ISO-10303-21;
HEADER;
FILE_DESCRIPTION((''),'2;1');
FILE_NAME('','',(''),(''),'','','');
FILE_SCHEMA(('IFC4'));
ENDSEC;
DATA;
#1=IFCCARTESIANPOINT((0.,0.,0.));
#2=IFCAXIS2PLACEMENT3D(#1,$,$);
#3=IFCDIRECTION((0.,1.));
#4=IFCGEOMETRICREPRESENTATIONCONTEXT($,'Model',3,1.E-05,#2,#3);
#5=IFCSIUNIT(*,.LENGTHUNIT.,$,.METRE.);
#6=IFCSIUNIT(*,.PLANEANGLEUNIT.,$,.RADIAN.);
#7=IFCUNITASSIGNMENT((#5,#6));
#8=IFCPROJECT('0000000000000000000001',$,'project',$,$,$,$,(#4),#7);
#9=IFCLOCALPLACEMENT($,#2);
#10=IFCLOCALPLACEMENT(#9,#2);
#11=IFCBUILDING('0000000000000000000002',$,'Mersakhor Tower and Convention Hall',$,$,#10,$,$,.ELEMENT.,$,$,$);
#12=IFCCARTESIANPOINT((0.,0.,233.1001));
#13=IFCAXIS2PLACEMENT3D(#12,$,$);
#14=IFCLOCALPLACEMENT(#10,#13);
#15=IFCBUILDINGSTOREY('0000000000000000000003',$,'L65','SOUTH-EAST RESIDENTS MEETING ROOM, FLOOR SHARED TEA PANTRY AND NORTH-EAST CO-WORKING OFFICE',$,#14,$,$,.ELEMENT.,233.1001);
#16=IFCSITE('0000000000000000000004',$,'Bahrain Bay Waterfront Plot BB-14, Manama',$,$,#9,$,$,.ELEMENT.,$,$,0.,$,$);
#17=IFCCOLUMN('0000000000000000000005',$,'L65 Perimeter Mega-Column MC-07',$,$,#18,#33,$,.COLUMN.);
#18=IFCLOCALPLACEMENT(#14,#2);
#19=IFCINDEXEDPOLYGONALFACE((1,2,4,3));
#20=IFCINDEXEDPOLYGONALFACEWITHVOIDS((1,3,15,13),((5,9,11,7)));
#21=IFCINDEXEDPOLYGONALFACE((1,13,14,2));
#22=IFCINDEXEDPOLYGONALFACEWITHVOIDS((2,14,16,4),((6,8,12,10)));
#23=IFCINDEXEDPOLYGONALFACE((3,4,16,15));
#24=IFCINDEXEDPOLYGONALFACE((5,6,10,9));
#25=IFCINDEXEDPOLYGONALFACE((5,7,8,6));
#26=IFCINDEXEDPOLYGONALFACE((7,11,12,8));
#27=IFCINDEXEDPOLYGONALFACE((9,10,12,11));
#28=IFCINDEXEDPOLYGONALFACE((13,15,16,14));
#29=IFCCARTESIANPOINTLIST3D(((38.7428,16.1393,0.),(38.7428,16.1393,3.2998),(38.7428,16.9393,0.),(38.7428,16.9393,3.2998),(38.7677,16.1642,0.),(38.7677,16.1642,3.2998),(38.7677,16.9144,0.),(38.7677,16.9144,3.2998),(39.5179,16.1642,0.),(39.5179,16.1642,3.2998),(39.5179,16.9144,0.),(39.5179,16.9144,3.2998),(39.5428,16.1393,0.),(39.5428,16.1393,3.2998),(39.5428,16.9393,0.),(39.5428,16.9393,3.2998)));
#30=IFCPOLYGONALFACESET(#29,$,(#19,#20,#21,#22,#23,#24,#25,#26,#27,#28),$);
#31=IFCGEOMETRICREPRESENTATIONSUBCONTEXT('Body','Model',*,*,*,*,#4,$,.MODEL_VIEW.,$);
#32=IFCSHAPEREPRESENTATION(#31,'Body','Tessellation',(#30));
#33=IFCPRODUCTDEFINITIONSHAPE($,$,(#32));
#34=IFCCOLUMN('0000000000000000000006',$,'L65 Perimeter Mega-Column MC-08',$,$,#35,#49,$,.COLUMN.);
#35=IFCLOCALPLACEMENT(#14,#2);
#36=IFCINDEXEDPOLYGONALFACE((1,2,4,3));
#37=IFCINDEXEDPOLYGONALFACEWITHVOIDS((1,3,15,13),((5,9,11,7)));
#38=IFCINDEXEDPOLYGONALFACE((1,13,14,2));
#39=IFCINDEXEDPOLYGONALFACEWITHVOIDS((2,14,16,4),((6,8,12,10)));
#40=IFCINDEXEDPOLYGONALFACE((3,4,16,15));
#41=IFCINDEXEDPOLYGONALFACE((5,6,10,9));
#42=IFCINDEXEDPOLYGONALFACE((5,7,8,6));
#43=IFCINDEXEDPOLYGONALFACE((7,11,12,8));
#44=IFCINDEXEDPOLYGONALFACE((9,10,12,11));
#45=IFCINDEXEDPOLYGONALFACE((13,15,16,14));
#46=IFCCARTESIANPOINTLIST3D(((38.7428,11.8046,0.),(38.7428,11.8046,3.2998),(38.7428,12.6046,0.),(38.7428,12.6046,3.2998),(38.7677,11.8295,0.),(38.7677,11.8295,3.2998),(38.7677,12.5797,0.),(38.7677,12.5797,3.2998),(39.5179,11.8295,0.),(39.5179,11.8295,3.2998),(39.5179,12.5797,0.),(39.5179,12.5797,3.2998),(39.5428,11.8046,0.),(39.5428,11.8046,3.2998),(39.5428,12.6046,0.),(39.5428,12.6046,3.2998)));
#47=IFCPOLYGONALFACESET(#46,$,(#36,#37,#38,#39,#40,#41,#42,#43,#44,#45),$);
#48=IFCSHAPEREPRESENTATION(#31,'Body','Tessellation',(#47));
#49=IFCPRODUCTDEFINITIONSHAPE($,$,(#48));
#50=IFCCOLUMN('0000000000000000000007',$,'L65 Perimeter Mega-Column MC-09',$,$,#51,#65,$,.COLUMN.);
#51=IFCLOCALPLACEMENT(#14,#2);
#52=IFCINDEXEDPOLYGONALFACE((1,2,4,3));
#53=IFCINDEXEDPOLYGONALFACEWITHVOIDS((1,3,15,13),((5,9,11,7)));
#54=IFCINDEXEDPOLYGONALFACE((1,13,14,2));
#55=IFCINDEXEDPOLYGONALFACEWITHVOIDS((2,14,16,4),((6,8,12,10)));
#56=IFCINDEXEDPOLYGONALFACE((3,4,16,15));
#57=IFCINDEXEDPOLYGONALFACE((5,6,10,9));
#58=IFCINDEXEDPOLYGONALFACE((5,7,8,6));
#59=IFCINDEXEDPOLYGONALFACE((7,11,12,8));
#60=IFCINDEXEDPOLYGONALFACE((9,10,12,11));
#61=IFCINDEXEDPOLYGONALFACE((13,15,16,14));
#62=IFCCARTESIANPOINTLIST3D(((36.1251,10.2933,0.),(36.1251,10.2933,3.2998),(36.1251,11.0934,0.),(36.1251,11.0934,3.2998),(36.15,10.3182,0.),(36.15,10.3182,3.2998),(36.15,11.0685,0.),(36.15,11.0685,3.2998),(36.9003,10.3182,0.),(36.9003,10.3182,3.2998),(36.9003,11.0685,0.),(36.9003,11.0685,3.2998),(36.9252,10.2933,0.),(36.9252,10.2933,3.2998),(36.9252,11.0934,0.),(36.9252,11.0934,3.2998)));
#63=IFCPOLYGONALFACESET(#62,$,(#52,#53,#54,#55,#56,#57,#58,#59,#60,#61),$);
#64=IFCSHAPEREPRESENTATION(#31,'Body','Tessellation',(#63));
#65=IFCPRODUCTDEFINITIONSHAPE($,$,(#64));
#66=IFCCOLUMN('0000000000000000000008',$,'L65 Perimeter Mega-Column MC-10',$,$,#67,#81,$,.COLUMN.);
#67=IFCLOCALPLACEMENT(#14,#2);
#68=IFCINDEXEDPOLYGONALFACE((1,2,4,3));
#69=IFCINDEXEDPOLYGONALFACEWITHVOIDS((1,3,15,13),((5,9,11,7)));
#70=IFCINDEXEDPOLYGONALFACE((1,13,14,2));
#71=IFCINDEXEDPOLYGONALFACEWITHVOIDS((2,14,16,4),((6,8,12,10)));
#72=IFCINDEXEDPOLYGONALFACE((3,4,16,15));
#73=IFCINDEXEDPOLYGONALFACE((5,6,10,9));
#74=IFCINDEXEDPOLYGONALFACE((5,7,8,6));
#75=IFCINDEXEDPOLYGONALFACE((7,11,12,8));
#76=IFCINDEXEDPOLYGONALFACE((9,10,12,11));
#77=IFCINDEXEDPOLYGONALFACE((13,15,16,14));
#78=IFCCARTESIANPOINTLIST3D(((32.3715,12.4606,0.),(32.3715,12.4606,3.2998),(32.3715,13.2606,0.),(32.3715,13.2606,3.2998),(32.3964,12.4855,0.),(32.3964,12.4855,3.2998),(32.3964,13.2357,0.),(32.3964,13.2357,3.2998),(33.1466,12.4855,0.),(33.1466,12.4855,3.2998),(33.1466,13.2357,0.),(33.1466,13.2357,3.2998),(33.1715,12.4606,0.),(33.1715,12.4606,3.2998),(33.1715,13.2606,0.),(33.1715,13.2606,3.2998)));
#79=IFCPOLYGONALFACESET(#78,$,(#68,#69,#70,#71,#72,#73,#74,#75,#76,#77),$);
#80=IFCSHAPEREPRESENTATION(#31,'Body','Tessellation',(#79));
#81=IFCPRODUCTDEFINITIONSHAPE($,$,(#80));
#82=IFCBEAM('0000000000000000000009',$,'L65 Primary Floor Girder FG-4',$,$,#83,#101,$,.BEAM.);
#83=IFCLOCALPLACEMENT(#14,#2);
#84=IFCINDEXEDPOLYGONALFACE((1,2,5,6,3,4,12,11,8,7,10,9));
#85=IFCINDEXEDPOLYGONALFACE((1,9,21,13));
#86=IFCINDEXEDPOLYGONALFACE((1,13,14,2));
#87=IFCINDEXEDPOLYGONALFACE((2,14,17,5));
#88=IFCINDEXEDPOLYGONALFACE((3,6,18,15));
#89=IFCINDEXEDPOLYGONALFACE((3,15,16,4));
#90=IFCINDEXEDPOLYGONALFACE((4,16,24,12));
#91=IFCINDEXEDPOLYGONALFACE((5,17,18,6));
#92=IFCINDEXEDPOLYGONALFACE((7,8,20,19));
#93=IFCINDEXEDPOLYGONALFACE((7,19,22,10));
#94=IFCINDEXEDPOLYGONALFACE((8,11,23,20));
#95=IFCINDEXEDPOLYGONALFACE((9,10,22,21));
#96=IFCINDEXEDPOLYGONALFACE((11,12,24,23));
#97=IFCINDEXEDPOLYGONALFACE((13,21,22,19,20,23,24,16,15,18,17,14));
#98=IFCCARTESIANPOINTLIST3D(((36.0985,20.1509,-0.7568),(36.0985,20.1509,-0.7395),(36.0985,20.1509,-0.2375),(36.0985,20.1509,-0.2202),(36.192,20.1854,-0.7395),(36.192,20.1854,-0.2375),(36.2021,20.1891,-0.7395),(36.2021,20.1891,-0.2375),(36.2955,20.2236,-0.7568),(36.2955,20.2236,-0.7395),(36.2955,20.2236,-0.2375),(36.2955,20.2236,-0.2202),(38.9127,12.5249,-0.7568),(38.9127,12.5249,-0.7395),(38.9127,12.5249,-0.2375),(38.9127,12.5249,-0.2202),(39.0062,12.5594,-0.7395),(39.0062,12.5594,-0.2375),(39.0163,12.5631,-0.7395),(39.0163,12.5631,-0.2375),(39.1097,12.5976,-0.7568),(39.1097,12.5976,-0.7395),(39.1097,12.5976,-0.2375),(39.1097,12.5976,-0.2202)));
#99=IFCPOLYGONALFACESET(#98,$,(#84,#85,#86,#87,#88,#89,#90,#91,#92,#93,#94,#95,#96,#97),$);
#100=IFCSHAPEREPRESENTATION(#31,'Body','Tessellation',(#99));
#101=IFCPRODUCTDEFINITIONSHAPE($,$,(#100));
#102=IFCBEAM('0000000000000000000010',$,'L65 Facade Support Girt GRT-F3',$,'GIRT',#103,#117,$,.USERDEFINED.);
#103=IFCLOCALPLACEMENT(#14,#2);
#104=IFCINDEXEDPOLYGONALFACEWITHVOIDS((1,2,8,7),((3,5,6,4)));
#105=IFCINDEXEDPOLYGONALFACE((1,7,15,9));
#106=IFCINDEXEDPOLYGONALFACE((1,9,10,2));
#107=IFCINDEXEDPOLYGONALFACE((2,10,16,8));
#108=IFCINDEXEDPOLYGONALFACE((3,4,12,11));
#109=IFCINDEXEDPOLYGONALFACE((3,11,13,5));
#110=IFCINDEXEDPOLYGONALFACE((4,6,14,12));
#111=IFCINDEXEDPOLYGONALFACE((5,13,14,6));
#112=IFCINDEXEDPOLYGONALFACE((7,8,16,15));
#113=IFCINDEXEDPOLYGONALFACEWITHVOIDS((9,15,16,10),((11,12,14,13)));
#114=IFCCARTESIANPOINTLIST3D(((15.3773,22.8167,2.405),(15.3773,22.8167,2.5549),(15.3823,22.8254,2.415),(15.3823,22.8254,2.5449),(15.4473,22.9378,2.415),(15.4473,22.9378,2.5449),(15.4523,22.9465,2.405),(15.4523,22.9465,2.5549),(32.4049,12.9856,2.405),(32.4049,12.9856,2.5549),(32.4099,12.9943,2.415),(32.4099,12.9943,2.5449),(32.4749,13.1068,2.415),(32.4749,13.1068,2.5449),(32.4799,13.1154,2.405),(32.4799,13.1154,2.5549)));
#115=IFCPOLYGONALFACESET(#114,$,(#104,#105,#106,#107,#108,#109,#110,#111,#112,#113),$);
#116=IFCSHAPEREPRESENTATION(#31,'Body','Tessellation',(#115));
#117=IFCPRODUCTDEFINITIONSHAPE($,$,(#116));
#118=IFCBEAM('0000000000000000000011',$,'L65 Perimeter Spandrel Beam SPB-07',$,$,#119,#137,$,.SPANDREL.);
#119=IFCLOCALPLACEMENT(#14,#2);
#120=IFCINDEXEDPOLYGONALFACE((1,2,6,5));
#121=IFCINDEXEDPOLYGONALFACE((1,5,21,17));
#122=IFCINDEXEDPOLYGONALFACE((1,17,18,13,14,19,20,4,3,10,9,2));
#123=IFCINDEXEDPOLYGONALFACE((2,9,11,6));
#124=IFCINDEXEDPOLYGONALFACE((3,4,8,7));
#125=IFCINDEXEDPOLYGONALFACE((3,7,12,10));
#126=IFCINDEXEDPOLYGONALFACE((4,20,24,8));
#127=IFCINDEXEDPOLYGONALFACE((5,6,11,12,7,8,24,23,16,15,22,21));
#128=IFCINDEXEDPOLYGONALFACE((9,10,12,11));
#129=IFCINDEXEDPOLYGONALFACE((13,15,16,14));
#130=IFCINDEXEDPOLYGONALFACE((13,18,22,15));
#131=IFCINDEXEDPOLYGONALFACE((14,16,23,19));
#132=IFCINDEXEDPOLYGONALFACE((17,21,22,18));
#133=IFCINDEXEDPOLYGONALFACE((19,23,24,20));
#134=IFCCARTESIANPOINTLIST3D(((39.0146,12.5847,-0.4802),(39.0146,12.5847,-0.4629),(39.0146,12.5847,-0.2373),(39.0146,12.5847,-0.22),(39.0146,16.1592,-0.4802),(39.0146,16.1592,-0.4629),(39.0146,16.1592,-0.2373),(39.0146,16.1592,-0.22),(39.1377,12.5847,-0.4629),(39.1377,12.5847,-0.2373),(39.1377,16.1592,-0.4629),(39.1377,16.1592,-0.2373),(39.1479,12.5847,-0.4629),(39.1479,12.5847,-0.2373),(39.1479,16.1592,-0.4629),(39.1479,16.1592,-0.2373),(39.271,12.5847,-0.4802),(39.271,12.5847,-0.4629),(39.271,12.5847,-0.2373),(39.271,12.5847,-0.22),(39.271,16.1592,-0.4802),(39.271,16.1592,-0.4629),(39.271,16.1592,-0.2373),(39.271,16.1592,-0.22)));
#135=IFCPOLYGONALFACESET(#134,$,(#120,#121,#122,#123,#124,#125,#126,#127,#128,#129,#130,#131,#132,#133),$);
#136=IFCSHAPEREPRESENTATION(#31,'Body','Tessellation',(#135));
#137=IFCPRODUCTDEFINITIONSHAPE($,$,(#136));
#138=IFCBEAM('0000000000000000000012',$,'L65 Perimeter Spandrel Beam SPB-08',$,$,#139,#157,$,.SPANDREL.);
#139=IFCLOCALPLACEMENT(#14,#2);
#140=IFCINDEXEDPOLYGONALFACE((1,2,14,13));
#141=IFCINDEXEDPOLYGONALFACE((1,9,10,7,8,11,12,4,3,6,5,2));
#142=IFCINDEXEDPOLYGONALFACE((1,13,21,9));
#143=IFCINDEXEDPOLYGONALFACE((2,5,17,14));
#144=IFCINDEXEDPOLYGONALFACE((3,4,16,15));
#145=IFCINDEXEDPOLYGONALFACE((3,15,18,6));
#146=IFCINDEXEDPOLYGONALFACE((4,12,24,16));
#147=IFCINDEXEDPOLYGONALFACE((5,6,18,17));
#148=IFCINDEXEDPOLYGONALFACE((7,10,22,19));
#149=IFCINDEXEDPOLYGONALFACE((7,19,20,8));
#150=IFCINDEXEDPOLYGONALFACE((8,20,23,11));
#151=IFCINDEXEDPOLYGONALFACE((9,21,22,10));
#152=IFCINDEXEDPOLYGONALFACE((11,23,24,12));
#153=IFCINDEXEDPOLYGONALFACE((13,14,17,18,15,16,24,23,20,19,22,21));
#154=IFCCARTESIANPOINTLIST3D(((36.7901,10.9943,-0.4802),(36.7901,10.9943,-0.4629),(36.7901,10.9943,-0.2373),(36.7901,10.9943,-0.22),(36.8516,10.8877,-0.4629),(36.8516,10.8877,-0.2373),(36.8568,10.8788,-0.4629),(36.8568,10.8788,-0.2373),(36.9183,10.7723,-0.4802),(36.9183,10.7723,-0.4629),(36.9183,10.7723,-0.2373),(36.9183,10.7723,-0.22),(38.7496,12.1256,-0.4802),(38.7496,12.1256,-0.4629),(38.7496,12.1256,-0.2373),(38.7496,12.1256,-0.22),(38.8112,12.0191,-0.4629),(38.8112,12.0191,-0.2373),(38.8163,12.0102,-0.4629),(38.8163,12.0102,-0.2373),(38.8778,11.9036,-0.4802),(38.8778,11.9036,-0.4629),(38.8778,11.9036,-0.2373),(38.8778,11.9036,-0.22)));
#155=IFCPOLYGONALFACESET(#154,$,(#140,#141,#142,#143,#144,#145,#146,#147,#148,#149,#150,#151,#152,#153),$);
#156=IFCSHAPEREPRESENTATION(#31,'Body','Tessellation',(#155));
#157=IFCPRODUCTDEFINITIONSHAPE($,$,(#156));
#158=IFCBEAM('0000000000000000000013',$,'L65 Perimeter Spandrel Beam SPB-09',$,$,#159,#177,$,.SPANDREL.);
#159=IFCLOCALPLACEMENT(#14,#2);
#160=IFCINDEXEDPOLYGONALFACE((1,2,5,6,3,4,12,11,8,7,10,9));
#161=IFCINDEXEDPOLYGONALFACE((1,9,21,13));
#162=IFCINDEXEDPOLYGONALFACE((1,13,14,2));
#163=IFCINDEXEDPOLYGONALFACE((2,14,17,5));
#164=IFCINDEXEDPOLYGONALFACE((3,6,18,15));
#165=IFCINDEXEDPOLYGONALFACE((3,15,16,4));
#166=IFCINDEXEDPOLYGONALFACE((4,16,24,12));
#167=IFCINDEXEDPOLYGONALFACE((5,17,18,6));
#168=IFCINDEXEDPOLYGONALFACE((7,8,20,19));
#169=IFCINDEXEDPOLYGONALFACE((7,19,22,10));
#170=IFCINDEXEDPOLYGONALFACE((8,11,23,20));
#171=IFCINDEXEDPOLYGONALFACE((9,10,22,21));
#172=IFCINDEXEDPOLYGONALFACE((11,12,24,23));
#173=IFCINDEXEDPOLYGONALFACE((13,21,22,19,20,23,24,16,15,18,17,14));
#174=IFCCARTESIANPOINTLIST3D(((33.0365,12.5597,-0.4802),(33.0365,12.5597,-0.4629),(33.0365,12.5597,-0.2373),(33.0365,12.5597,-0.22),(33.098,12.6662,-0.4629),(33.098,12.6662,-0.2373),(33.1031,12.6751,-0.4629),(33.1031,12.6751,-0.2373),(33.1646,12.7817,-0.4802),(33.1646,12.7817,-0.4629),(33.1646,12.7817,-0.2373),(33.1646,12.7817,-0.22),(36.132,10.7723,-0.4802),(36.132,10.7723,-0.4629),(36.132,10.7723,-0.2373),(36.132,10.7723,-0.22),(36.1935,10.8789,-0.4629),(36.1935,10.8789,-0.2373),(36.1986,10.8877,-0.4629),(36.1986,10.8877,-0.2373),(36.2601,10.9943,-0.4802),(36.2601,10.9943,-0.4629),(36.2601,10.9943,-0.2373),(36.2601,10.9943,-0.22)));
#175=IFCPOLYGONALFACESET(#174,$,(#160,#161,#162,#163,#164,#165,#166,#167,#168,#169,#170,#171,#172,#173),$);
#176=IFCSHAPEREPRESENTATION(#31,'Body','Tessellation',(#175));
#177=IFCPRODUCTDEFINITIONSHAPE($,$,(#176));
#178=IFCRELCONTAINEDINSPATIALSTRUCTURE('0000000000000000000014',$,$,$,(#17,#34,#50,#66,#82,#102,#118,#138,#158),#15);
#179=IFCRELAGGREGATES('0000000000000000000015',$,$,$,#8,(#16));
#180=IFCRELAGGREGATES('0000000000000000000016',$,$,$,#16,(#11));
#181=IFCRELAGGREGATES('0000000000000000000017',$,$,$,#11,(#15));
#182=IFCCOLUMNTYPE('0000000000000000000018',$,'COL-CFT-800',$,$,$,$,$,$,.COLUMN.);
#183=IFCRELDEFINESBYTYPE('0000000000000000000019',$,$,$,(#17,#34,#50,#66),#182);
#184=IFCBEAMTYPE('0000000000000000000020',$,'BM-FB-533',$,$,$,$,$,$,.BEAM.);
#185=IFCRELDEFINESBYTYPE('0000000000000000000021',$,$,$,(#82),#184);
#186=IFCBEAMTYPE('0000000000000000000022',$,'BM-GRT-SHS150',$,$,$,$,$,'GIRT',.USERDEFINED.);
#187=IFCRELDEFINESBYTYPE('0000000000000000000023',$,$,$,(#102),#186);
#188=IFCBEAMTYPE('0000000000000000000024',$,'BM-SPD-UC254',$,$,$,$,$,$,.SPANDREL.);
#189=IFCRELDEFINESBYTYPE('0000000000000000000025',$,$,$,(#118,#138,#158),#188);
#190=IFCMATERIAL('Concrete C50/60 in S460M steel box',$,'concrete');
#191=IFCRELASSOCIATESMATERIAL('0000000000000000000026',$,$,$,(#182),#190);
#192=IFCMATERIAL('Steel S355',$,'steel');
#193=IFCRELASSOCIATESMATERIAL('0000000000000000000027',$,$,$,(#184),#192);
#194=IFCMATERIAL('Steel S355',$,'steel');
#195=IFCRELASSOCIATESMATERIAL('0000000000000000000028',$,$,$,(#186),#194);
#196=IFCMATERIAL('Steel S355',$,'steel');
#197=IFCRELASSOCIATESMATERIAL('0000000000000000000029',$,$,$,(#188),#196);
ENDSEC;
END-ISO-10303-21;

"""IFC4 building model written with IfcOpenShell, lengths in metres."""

from ifc_helpers import new_model, si_unit, direction, frame, origin, origin_2d, place, context, subcontext, project, spatial, hollow_rectangle, i_section, extrude, material, material_profile, profile_set, type_object, element, save


model = new_model("IFC4")

# Units and contexts
model_context = context("Model", 3, precision=1e-05, world=origin(), true_north=direction((0.0, 1.0)))
body_context = subcontext(model_context, "Body", "Model", "MODEL_VIEW")
ifc_project = project(units=[si_unit("LENGTHUNIT", "METRE"), si_unit("PLANEANGLEUNIT", "RADIAN")], contexts=[model_context])

# Site, building, storey
site_placement = place(None, origin())
site = spatial("IfcSite", under=ifc_project, at=site_placement, Name="Bahrain Bay Waterfront Plot BB-14, Manama", CompositionType="ELEMENT", RefElevation=0.0)
building_placement = place(site_placement, origin())
building = spatial("IfcBuilding", under=site, at=building_placement, Name="Mersakhor Tower and Convention Hall", CompositionType="ELEMENT")
storey_placement = place(building_placement, frame((0.0, 0.0, 233.1001)))
storey = spatial("IfcBuildingStorey", under=building, at=storey_placement, Name="L65", Description="SOUTH-EAST RESIDENTS MEETING ROOM, FLOOR SHARED TEA PANTRY AND NORTH-EAST CO-WORKING OFFICE", CompositionType="ELEMENT", Elevation=233.1001)

# Columns
ifc_material_1 = material(Name="Concrete C50/60 in S460M steel box", Category="concrete")
ifc_material_profile_1 = material_profile(ifc_material_1, hollow_rectangle(XDim=0.8, YDim=0.8, WallThickness=0.0249, at=origin_2d()), Name="SHS 800x800x25")
ifc_profile_set_1 = profile_set([ifc_material_profile_1], Name="Concrete C50/60 in S460M steel box")
column_type = type_object("IfcColumnType", Name="COL-CFT-800", PredefinedType="COLUMN", material=ifc_profile_set_1)
for number, where, z_axis, x_axis, name in (
    (1, (39.1428, 16.5393, 0.0), (0.0, 0.0, 1.0), (1.0, 0.0, 0.0), "L65 Perimeter Mega-Column MC-07"),
    (2, (39.1428, 12.2046, 0.0), (0.0, 0.0, 1.0), (1.0, 0.0, 0.0), "L65 Perimeter Mega-Column MC-08"),
    (3, (36.5251, 10.6934, 0.0), (0.0, 0.0, 1.0), (1.0, 0.0, 0.0), "L65 Perimeter Mega-Column MC-09"),
    (4, (32.7715, 12.8606, 0.0), (0.0, 0.0, 1.0), (1.0, 0.0, 0.0), "L65 Perimeter Mega-Column MC-10"),
):
    element("IfcColumn", number, at=place(storey_placement, frame(where, z_axis=z_axis, x_axis=x_axis)), inside=storey, type_object=column_type, Name=name, PredefinedType="COLUMN", context=body_context, shape_type="SweptSolid", body=[
        extrude(hollow_rectangle(XDim=0.8, YDim=0.8, WallThickness=0.0249, at=origin_2d()), origin(), (0.0, 0.0, 1.0), 3.2998),
    ])

# Beams
ifc_material_2 = material(Name="Steel S355", Category="steel")
ifc_material_profile_2 = material_profile(ifc_material_2, i_section(OverallWidth=0.21, OverallDepth=0.5366, WebThickness=0.0107, FlangeThickness=0.0173, at=origin_2d()), Name="UB 533x210x101")
ifc_profile_set_2 = profile_set([ifc_material_profile_2], Name="Steel S355")
beam_type_1 = type_object("IfcBeamType", Name="BM-FB-533", PredefinedType="BEAM", material=ifc_profile_set_2)
beam_1_placement = place(storey_placement, frame((36.197, 20.1873, -0.4885), z_axis=(0.346208, -0.938158, 0.0), x_axis=(0.938158, 0.346208, 0.0)))
element("IfcBeam", 5, at=beam_1_placement, inside=storey, type_object=beam_type_1, Name="L65 Primary Floor Girder FG-4", PredefinedType="BEAM", context=body_context, shape_type="SweptSolid", body=[
    extrude(i_section(OverallWidth=0.21, OverallDepth=0.5366, WebThickness=0.0107, FlangeThickness=0.0173, at=origin_2d()), origin(), (0.0, 0.0, 1.0), 8.1287),
])
ifc_material_3 = material(Name="Steel S355", Category="steel")
ifc_material_profile_3 = material_profile(ifc_material_3, hollow_rectangle(XDim=0.1499, YDim=0.1499, WallThickness=0.01, at=origin_2d()), Name="SHS 150x150x10")
ifc_profile_set_3 = profile_set([ifc_material_profile_3], Name="Steel S355")
beam_type_2 = type_object("IfcBeamType", Name="BM-GRT-SHS150", ElementType="GIRT", PredefinedType="USERDEFINED", material=ifc_profile_set_3)
beam_2_placement = place(storey_placement, frame((32.4424, 13.0505, 2.48), z_axis=(-0.866022, 0.500007, 0.0), x_axis=(-0.500007, -0.866022, 0.0)))
element("IfcBeam", 6, at=beam_2_placement, inside=storey, type_object=beam_type_2, Name="L65 Facade Support Girt GRT-F3", ObjectType="GIRT", PredefinedType="USERDEFINED", context=body_context, shape_type="SweptSolid", body=[
    extrude(hollow_rectangle(XDim=0.1499, YDim=0.1499, WallThickness=0.01, at=origin_2d()), origin(), (0.0, 0.0, 1.0), 19.6619),
])
ifc_material_4 = material(Name="Steel S355", Category="steel")
ifc_material_profile_4 = material_profile(ifc_material_4, i_section(OverallWidth=0.2563, OverallDepth=0.2603, WebThickness=0.0103, FlangeThickness=0.0173, at=origin_2d()), Name="UC 254x254x89")
ifc_profile_set_4 = profile_set([ifc_material_profile_4], Name="Steel S355")
beam_type_3 = type_object("IfcBeamType", Name="BM-SPD-UC254", PredefinedType="SPANDREL", material=ifc_profile_set_4)
beam_3_placement = place(storey_placement, frame((39.1428, 16.1592, -0.3501), z_axis=(0.0, -1.0, 0.0), x_axis=(1.0, 0.0, 0.0)))
element("IfcBeam", 7, at=beam_3_placement, inside=storey, type_object=beam_type_3, Name="L65 Perimeter Spandrel Beam SPB-07", PredefinedType="SPANDREL", context=body_context, shape_type="SweptSolid", body=[
    extrude(i_section(OverallWidth=0.2563, OverallDepth=0.2603, WebThickness=0.0103, FlangeThickness=0.0173, at=origin_2d()), origin(), (0.0, 0.0, 1.0), 3.5745),
])
beam_4_placement = place(storey_placement, frame((38.8137, 12.0146, -0.3501), z_axis=(-0.866017, -0.500015, 0.0), x_axis=(0.500015, -0.866017, 0.0)))
element("IfcBeam", 8, at=beam_4_placement, inside=storey, type_object=beam_type_3, Name="L65 Perimeter Spandrel Beam SPB-08", PredefinedType="SPANDREL", context=body_context, shape_type="SweptSolid", body=[
    extrude(i_section(OverallWidth=0.2563, OverallDepth=0.2603, WebThickness=0.0103, FlangeThickness=0.0173, at=origin_2d()), origin(), (0.0, 0.0, 1.0), 2.2627),
])
beam_5_placement = place(storey_placement, frame((36.196, 10.8833, -0.3501), z_axis=(-0.866002, 0.50004, 0.0), x_axis=(-0.50004, -0.866002, 0.0)))
element("IfcBeam", 9, at=beam_5_placement, inside=storey, type_object=beam_type_3, Name="L65 Perimeter Spandrel Beam SPB-09", PredefinedType="SPANDREL", context=body_context, shape_type="SweptSolid", body=[
    extrude(i_section(OverallWidth=0.2563, OverallDepth=0.2603, WebThickness=0.0103, FlangeThickness=0.0173, at=origin_2d()), origin(), (0.0, 0.0, 1.0), 3.5745),
])

save(model, "model.ifc")
